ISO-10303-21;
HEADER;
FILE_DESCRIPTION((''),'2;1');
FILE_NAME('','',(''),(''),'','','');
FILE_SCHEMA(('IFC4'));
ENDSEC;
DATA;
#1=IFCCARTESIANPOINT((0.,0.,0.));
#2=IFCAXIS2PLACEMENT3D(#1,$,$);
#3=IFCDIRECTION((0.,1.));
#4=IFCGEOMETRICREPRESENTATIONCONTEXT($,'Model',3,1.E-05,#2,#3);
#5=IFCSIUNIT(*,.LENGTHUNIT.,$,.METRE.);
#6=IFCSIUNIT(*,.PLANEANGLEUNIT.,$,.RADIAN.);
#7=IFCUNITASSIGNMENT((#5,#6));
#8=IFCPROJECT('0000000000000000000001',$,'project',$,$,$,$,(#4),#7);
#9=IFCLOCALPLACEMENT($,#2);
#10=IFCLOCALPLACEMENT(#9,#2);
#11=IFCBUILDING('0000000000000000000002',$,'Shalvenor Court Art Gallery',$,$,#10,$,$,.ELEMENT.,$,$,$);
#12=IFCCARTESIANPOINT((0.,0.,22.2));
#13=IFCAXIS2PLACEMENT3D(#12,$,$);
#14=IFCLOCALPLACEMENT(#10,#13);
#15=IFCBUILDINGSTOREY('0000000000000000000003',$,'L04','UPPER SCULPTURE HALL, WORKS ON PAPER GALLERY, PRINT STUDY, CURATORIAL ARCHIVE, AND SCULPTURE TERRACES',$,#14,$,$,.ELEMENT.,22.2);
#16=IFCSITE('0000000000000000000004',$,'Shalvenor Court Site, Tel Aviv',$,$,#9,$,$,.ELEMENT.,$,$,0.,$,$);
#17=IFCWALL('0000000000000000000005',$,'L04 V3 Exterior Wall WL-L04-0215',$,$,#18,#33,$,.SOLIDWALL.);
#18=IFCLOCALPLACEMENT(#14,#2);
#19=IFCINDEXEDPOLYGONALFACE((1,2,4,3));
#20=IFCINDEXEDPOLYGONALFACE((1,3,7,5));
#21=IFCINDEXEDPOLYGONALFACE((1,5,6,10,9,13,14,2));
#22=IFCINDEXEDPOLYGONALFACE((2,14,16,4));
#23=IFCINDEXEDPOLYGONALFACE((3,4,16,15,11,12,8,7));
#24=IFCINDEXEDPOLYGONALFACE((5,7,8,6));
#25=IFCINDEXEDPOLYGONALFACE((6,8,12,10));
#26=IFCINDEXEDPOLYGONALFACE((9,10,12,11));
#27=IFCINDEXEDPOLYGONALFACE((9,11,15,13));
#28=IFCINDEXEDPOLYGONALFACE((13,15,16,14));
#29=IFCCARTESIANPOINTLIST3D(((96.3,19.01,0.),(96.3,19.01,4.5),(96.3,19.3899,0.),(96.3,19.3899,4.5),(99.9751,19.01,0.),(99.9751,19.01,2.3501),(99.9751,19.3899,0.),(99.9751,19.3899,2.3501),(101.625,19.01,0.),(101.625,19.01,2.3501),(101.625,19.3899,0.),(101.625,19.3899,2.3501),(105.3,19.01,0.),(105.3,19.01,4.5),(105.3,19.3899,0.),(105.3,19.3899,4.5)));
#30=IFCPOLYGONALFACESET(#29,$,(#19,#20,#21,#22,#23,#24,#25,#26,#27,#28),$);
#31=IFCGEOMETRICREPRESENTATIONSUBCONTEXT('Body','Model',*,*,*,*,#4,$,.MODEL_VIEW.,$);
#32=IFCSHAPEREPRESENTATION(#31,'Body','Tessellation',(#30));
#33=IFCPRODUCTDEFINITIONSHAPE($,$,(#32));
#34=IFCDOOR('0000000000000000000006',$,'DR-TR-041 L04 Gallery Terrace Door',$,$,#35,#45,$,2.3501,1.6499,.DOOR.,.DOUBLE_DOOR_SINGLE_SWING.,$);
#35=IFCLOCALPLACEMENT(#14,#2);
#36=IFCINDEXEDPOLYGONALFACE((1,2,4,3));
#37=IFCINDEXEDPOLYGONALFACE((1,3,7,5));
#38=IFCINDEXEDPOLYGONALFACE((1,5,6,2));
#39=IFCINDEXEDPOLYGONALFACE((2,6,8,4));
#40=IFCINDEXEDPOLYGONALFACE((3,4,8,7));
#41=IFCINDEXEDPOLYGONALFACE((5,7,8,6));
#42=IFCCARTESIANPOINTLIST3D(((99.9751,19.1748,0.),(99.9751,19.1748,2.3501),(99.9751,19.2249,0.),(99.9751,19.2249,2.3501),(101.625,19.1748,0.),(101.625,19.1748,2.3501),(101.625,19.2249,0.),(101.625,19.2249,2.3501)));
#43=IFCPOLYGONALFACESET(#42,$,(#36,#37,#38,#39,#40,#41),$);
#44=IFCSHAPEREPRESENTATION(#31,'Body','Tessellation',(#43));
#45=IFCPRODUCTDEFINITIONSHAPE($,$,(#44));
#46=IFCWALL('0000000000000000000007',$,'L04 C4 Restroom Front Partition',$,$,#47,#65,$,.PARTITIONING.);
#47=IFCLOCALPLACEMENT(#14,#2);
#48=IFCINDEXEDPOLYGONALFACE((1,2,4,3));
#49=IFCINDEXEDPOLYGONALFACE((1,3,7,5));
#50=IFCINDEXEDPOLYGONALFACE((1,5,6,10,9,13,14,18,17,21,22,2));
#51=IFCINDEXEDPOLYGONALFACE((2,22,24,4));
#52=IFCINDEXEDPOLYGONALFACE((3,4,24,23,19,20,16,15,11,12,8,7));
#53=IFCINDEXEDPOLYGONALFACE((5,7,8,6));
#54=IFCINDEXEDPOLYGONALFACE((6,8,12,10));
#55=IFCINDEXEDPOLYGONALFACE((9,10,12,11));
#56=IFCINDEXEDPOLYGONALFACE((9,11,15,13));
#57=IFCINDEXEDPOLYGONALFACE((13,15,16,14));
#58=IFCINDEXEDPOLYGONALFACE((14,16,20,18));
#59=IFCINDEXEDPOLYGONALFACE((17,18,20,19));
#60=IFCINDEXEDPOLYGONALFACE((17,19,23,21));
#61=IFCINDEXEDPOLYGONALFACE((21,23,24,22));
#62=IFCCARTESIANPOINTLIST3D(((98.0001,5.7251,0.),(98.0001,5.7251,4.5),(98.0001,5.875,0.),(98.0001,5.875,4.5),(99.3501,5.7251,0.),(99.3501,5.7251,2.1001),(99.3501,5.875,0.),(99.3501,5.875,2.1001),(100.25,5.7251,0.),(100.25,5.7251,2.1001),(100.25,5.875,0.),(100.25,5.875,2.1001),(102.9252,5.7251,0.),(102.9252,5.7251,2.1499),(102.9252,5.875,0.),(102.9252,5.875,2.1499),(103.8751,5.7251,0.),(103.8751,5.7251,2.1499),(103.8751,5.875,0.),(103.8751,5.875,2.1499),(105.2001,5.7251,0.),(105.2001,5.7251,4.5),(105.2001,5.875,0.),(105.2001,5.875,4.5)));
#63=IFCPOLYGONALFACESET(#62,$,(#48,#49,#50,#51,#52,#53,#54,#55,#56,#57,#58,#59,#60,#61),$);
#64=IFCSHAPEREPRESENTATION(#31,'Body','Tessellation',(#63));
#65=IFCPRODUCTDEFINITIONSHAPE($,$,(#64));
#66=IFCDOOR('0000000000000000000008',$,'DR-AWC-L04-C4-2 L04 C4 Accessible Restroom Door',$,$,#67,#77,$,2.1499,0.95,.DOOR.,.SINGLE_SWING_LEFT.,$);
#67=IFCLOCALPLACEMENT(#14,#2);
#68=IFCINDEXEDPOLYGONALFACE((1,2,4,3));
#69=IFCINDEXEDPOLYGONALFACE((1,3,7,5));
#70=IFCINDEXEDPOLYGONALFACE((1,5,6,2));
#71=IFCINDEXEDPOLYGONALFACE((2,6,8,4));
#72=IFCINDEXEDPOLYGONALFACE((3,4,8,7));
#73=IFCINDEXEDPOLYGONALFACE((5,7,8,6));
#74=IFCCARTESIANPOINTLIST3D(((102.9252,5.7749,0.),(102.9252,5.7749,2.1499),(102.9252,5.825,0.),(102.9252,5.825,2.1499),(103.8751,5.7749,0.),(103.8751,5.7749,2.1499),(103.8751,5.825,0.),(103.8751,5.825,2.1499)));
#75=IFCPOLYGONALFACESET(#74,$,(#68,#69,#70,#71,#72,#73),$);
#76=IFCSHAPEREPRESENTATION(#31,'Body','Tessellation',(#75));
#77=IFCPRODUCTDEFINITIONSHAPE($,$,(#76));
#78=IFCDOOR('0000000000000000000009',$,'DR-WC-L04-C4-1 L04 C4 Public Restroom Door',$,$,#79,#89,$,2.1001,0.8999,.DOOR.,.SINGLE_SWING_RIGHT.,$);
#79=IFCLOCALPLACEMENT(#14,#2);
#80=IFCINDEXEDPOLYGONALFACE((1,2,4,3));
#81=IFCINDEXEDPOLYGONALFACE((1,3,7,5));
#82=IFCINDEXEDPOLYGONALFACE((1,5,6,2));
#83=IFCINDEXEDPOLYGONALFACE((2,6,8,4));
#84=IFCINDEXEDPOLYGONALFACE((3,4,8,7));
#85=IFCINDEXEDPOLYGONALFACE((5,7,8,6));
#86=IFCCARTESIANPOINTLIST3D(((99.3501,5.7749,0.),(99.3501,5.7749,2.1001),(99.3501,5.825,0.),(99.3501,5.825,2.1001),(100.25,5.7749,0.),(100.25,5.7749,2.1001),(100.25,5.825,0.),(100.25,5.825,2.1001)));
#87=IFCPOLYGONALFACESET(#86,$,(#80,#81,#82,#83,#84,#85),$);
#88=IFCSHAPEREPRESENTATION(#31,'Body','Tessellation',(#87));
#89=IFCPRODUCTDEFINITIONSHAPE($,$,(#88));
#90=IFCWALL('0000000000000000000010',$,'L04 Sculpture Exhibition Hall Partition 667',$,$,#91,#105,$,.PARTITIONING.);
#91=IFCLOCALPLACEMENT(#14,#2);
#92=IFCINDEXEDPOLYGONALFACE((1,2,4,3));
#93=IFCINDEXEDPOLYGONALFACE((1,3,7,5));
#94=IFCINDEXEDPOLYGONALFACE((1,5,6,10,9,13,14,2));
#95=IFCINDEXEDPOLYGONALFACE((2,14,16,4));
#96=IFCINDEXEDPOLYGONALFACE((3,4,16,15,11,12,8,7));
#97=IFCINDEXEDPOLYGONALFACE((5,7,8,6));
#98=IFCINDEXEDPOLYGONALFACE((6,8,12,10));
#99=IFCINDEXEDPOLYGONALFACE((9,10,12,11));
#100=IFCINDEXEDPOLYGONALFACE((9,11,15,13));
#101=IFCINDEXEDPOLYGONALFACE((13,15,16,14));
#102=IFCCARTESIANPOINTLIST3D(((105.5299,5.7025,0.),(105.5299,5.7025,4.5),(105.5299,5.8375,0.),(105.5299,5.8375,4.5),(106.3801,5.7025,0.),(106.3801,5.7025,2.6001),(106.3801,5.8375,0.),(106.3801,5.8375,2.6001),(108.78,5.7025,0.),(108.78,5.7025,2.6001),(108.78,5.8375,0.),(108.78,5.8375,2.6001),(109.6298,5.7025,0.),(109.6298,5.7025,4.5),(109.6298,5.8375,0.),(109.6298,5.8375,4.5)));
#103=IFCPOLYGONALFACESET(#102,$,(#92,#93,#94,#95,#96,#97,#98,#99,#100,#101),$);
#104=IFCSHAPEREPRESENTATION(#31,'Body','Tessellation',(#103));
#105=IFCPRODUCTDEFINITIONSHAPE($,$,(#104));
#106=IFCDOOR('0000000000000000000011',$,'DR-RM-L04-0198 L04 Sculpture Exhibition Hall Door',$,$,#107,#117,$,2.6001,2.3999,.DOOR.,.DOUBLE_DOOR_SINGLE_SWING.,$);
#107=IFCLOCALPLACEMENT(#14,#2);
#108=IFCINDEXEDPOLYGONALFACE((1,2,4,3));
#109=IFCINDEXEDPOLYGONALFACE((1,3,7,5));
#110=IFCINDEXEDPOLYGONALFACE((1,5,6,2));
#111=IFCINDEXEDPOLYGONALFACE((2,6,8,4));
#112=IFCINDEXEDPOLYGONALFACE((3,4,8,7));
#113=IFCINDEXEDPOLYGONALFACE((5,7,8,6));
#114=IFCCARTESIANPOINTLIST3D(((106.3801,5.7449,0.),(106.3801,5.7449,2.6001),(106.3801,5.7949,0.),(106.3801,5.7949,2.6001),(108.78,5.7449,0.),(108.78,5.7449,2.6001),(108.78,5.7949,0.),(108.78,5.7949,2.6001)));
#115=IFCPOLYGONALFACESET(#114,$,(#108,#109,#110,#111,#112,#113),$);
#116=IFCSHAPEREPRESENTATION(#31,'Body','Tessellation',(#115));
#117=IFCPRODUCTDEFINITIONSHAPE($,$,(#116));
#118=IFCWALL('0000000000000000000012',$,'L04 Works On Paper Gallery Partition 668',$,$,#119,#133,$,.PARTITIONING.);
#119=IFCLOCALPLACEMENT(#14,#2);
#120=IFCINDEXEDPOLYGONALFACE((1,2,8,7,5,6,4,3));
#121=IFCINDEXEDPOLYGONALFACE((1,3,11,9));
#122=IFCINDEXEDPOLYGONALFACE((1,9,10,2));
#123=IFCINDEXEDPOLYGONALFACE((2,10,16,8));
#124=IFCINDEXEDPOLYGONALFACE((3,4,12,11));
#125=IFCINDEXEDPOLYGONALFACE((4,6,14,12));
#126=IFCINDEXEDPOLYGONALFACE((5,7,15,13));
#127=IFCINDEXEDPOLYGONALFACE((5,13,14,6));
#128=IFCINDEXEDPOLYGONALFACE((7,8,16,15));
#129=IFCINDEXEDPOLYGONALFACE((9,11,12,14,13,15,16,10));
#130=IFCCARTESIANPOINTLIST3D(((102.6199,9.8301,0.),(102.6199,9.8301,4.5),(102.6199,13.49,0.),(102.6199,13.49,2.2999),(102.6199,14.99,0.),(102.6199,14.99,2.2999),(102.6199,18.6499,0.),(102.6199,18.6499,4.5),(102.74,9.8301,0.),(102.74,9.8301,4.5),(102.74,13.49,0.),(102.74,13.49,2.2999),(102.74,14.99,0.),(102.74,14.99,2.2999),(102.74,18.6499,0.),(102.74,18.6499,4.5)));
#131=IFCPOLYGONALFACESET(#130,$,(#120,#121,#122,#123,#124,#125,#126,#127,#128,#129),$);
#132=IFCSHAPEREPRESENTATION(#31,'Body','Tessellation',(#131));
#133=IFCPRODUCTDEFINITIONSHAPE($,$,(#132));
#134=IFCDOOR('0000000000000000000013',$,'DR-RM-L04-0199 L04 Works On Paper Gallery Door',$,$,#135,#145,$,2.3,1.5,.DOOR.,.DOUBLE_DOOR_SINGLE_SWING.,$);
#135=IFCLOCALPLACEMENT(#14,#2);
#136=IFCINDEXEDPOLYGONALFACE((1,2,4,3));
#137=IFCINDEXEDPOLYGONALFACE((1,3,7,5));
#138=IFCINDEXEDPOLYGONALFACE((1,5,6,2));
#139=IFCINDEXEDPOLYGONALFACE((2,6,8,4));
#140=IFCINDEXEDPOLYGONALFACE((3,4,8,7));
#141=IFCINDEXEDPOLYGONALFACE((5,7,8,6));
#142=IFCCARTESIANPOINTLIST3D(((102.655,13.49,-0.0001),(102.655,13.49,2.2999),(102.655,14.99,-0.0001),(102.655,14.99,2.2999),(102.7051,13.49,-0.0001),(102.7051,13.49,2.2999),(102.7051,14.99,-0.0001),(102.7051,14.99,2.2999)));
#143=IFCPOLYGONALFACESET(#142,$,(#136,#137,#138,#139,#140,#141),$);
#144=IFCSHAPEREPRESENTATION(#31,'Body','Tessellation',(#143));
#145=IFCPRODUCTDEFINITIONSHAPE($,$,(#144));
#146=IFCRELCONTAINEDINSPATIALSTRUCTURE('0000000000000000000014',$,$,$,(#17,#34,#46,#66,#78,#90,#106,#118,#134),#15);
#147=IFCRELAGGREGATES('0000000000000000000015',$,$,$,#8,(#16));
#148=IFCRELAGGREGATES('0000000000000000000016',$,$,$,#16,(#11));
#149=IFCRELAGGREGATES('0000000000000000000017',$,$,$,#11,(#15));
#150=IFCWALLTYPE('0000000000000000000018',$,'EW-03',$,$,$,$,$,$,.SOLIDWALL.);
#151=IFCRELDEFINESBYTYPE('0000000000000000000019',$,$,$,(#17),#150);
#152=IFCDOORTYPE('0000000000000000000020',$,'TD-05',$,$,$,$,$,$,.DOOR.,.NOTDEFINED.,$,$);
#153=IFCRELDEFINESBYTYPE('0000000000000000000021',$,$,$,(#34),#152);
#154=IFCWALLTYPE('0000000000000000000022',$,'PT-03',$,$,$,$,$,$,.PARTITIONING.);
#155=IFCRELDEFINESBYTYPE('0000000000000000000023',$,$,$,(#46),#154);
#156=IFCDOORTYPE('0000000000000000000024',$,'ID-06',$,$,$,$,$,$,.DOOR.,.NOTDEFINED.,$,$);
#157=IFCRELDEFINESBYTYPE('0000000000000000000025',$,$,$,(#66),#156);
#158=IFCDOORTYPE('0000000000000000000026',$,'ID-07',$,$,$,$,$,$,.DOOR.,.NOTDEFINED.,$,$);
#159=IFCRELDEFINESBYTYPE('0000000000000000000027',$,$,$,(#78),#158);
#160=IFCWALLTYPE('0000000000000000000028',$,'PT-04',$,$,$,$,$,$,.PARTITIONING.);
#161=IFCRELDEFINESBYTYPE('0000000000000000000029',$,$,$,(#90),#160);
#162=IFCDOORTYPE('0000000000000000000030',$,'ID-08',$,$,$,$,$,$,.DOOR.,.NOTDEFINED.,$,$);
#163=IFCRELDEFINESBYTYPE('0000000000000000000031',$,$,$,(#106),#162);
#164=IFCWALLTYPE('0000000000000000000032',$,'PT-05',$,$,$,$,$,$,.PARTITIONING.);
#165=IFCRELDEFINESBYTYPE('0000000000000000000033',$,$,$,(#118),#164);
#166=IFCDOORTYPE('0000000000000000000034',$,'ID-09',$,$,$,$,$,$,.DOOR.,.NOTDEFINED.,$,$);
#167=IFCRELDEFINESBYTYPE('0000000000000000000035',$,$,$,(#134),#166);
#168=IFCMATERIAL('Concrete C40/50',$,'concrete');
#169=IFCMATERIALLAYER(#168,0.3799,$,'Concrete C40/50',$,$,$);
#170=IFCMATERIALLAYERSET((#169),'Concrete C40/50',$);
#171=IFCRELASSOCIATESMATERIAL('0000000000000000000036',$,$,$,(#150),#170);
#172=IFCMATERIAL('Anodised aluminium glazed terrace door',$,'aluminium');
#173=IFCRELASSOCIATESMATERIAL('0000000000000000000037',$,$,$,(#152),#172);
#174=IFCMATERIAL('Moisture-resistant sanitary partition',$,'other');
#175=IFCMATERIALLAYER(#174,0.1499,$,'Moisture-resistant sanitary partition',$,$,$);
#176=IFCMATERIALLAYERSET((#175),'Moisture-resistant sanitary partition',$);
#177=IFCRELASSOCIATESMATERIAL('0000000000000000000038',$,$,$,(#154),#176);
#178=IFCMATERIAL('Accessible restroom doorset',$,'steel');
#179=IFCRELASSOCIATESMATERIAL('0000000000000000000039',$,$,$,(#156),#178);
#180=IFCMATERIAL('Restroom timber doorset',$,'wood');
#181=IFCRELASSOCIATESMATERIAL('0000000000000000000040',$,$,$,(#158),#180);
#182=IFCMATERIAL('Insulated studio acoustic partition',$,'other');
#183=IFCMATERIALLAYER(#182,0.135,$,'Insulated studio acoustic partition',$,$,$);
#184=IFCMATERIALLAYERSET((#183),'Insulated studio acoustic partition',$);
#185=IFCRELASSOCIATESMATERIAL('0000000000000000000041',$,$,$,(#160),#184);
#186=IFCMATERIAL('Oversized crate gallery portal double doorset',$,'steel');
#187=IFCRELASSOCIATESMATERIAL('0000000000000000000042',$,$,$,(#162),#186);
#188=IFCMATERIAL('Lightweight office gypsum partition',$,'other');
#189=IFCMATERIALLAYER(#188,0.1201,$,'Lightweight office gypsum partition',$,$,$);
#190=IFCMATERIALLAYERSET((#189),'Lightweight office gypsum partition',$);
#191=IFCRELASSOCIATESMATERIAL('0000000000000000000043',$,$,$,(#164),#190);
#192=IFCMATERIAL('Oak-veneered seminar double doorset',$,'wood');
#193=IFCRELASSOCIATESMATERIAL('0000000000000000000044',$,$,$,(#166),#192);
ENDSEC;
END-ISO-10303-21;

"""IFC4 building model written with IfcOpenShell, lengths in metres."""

from ifc_helpers import new_model, si_unit, direction, frame, frame_2d, origin, place, context, subcontext, project, spatial, rectangle, extrude, material, layer, layer_set, type_object, element, fill, save


model = new_model("IFC4")

# Units and contexts
model_context = context("Model", 3, precision=1e-05, world=origin(), true_north=direction((0.0, 1.0)))
body_context = subcontext(model_context, "Body", "Model", "MODEL_VIEW")
ifc_project = project(units=[si_unit("LENGTHUNIT", "METRE"), si_unit("PLANEANGLEUNIT", "RADIAN")], contexts=[model_context])

# Site, building, storey
site_placement = place(None, origin())
site = spatial("IfcSite", under=ifc_project, at=site_placement, Name="Shalvenor Court Site, Tel Aviv", CompositionType="ELEMENT", RefElevation=0.0)
building_placement = place(site_placement, origin())
building = spatial("IfcBuilding", under=site, at=building_placement, Name="Shalvenor Court Art Gallery", CompositionType="ELEMENT")
storey_placement = place(building_placement, frame((0.0, 0.0, 22.2)))
storey = spatial("IfcBuildingStorey", under=building, at=storey_placement, Name="L04", Description="UPPER SCULPTURE HALL, WORKS ON PAPER GALLERY, PRINT STUDY, CURATORIAL ARCHIVE, AND SCULPTURE TERRACES", CompositionType="ELEMENT", Elevation=22.2)

# Wall, opening, door
ifc_material_1 = material(Name="Concrete C40/50", Category="concrete")
ifc_layer_1 = layer(ifc_material_1, 0.3799, Name="Concrete C40/50")
ifc_layer_set_1 = layer_set([ifc_layer_1], Name="Concrete C40/50")
wall_type_1 = type_object("IfcWallType", Name="EW-03", PredefinedType="SOLIDWALL", material=ifc_layer_set_1)
wall_1_placement = place(storey_placement, frame((96.3, 19.2, 0.0), z_axis=(0.0, 0.0, 1.0), x_axis=(1.0, 0.0, 0.0)))
wall_1 = element("IfcWall", 1, at=wall_1_placement, inside=storey, type_object=wall_type_1, Name="L04 V3 Exterior Wall WL-L04-0215", PredefinedType="SOLIDWALL", context=body_context, shape_type="SweptSolid", body=[
    extrude(rectangle(XDim=9.0, YDim=0.3799, at=frame_2d((4.5, 0.0))), origin(), (0.0, 0.0, 1.0), 4.5),
])
opening_1_placement = place(wall_1_placement, frame((3.675, 0.0, 0.0)))
opening_1 = element("IfcOpeningElement", 2, at=opening_1_placement, cuts=wall_1, PredefinedType="OPENING", context=body_context, shape_type="SweptSolid", body=[
    extrude(rectangle(XDim=1.6499, YDim=2.3501, at=frame_2d((0.825, 1.175))), frame((0.0, 0.2, 0.0), z_axis=(0.0, -1.0, 0.0), x_axis=(1.0, 0.0, 0.0)), (0.0, 0.0, 1.0), 0.3999),
])
ifc_material_2 = material(Name="Anodised aluminium glazed terrace door", Category="aluminium")
door_type_1 = type_object("IfcDoorType", Name="TD-05", OperationType="NOTDEFINED", PredefinedType="DOOR", material=ifc_material_2)
door_1_placement = place(opening_1_placement, origin())
door_1 = element("IfcDoor", 3, at=door_1_placement, inside=storey, type_object=door_type_1, Name="DR-TR-041 L04 Gallery Terrace Door", OperationType="DOUBLE_DOOR_SINGLE_SWING", OverallHeight=2.3501, OverallWidth=1.6499, PredefinedType="DOOR", context=body_context, shape_type="SweptSolid", body=[
    extrude(rectangle(XDim=1.6499, YDim=2.3501, at=frame_2d((0.825, 1.175))), frame((0.0, 0.0249, 0.0), z_axis=(0.0, -1.0, 0.0), x_axis=(1.0, 0.0, 0.0)), (0.0, 0.0, 1.0), 0.05),
])
fill(opening_1, door_1)

# Wall, openings, doors
ifc_material_3 = material(Name="Moisture-resistant sanitary partition", Category="other")
ifc_layer_2 = layer(ifc_material_3, 0.1499, Name="Moisture-resistant sanitary partition")
ifc_layer_set_2 = layer_set([ifc_layer_2], Name="Moisture-resistant sanitary partition")
wall_type_2 = type_object("IfcWallType", Name="PT-03", PredefinedType="PARTITIONING", material=ifc_layer_set_2)
wall_2_placement = place(storey_placement, frame((98.0, 5.8, 0.0), z_axis=(0.0, 0.0, 1.0), x_axis=(1.0, 0.0, 0.0)))
wall_2 = element("IfcWall", 4, at=wall_2_placement, inside=storey, type_object=wall_type_2, Name="L04 C4 Restroom Front Partition", PredefinedType="PARTITIONING", context=body_context, shape_type="SweptSolid", body=[
    extrude(rectangle(XDim=7.2, YDim=0.1499, at=frame_2d((3.6001, 0.0))), origin(), (0.0, 0.0, 1.0), 4.5),
])
opening_2_placement = place(wall_2_placement, frame((1.3501, 0.0, 0.0)))
opening_2 = element("IfcOpeningElement", 5, at=opening_2_placement, cuts=wall_2, PredefinedType="OPENING", context=body_context, shape_type="SweptSolid", body=[
    extrude(rectangle(XDim=0.8999, YDim=2.1001, at=frame_2d((0.45, 1.05))), frame((0.0, 0.085, 0.0), z_axis=(0.0, -1.0, 0.0), x_axis=(1.0, 0.0, 0.0)), (0.0, 0.0, 1.0), 0.1699),
])
opening_3_placement = place(wall_2_placement, frame((4.925, 0.0, 0.0)))
opening_3 = element("IfcOpeningElement", 6, at=opening_3_placement, cuts=wall_2, PredefinedType="OPENING", context=body_context, shape_type="SweptSolid", body=[
    extrude(rectangle(XDim=0.95, YDim=2.1499, at=frame_2d((0.4751, 1.075))), frame((0.0, 0.085, 0.0), z_axis=(0.0, -1.0, 0.0), x_axis=(1.0, 0.0, 0.0)), (0.0, 0.0, 1.0), 0.1699),
])
ifc_material_4 = material(Name="Accessible restroom doorset", Category="steel")
door_type_2 = type_object("IfcDoorType", Name="ID-06", OperationType="NOTDEFINED", PredefinedType="DOOR", material=ifc_material_4)
door_2_placement = place(opening_3_placement, origin())
door_2 = element("IfcDoor", 7, at=door_2_placement, inside=storey, type_object=door_type_2, Name="DR-AWC-L04-C4-2 L04 C4 Accessible Restroom Door", OperationType="SINGLE_SWING_LEFT", OverallHeight=2.1499, OverallWidth=0.95, PredefinedType="DOOR", context=body_context, shape_type="SweptSolid", body=[
    extrude(rectangle(XDim=0.95, YDim=2.1499, at=frame_2d((0.4751, 1.075))), frame((0.0, 0.0249, 0.0), z_axis=(0.0, -1.0, 0.0), x_axis=(1.0, 0.0, 0.0)), (0.0, 0.0, 1.0), 0.05),
])
fill(opening_3, door_2)
ifc_material_5 = material(Name="Restroom timber doorset", Category="wood")
door_type_3 = type_object("IfcDoorType", Name="ID-07", OperationType="NOTDEFINED", PredefinedType="DOOR", material=ifc_material_5)
door_3_placement = place(opening_2_placement, origin())
door_3 = element("IfcDoor", 8, at=door_3_placement, inside=storey, type_object=door_type_3, Name="DR-WC-L04-C4-1 L04 C4 Public Restroom Door", OperationType="SINGLE_SWING_RIGHT", OverallHeight=2.1001, OverallWidth=0.8999, PredefinedType="DOOR", context=body_context, shape_type="SweptSolid", body=[
    extrude(rectangle(XDim=0.8999, YDim=2.1001, at=frame_2d((0.45, 1.05))), frame((0.0, 0.0249, 0.0), z_axis=(0.0, -1.0, 0.0), x_axis=(1.0, 0.0, 0.0)), (0.0, 0.0, 1.0), 0.05),
])
fill(opening_2, door_3)

# Walls, openings, doors
ifc_material_6 = material(Name="Insulated studio acoustic partition", Category="other")
ifc_layer_3 = layer(ifc_material_6, 0.135, Name="Insulated studio acoustic partition")
ifc_layer_set_3 = layer_set([ifc_layer_3], Name="Insulated studio acoustic partition")
wall_type_3 = type_object("IfcWallType", Name="PT-04", PredefinedType="PARTITIONING", material=ifc_layer_set_3)
wall_3_placement = place(storey_placement, frame((105.53, 5.77, 0.0), z_axis=(0.0, 0.0, 1.0), x_axis=(1.0, 0.0, 0.0)))
wall_3 = element("IfcWall", 9, at=wall_3_placement, inside=storey, type_object=wall_type_3, Name="L04 Sculpture Exhibition Hall Partition 667", PredefinedType="PARTITIONING", context=body_context, shape_type="SweptSolid", body=[
    extrude(rectangle(XDim=4.0999, YDim=0.135, at=frame_2d((2.0498, 0.0))), origin(), (0.0, 0.0, 1.0), 4.5),
])
opening_4_placement = place(wall_3_placement, frame((0.8501, 0.0, 0.0)))
opening_4 = element("IfcOpeningElement", 10, at=opening_4_placement, cuts=wall_3, PredefinedType="OPENING", context=body_context, shape_type="SweptSolid", body=[
    extrude(rectangle(XDim=2.3999, YDim=2.6001, at=frame_2d((1.2, 1.3))), frame((0.0, 0.0774, 0.0), z_axis=(0.0, -1.0, 0.0), x_axis=(1.0, 0.0, 0.0)), (0.0, 0.0, 1.0), 0.155),
])
ifc_material_7 = material(Name="Oversized crate gallery portal double doorset", Category="steel")
door_type_4 = type_object("IfcDoorType", Name="ID-08", OperationType="NOTDEFINED", PredefinedType="DOOR", material=ifc_material_7)
door_4_placement = place(opening_4_placement, origin())
door_4 = element("IfcDoor", 11, at=door_4_placement, inside=storey, type_object=door_type_4, Name="DR-RM-L04-0198 L04 Sculpture Exhibition Hall Door", OperationType="DOUBLE_DOOR_SINGLE_SWING", OverallHeight=2.6001, OverallWidth=2.3999, PredefinedType="DOOR", context=body_context, shape_type="SweptSolid", body=[
    extrude(rectangle(XDim=2.3999, YDim=2.6001, at=frame_2d((1.2, 1.3))), frame((0.0, 0.0249, 0.0), z_axis=(0.0, -1.0, 0.0), x_axis=(1.0, 0.0, 0.0)), (0.0, 0.0, 1.0), 0.05),
])
fill(opening_4, door_4)
ifc_material_8 = material(Name="Lightweight office gypsum partition", Category="other")
ifc_layer_4 = layer(ifc_material_8, 0.1201, Name="Lightweight office gypsum partition")
ifc_layer_set_4 = layer_set([ifc_layer_4], Name="Lightweight office gypsum partition")
wall_type_4 = type_object("IfcWallType", Name="PT-05", PredefinedType="PARTITIONING", material=ifc_layer_set_4)
wall_4_placement = place(storey_placement, frame((102.6799, 9.8301, 0.0), z_axis=(0.0, 0.0, 1.0), x_axis=(0.0, 1.0, 0.0)))
wall_4 = element("IfcWall", 12, at=wall_4_placement, inside=storey, type_object=wall_type_4, Name="L04 Works On Paper Gallery Partition 668", PredefinedType="PARTITIONING", context=body_context, shape_type="SweptSolid", body=[
    extrude(rectangle(XDim=8.8198, YDim=0.1201, at=frame_2d((4.4099, 0.0))), origin(), (0.0, 0.0, 1.0), 4.5),
])
opening_5_placement = place(wall_4_placement, frame((3.6599, 0.0, 0.0)))
opening_5 = element("IfcOpeningElement", 13, at=opening_5_placement, cuts=wall_4, PredefinedType="OPENING", context=body_context, shape_type="SweptSolid", body=[
    extrude(rectangle(XDim=1.5, YDim=2.3, at=frame_2d((0.75, 1.1499))), frame((0.0, 0.0701, 0.0), z_axis=(0.0, -1.0, 0.0), x_axis=(1.0, 0.0, 0.0)), (0.0, 0.0, 1.0), 0.1401),
])
ifc_material_9 = material(Name="Oak-veneered seminar double doorset", Category="wood")
door_type_5 = type_object("IfcDoorType", Name="ID-09", OperationType="NOTDEFINED", PredefinedType="DOOR", material=ifc_material_9)
door_5_placement = place(opening_5_placement, origin())
door_5 = element("IfcDoor", 14, at=door_5_placement, inside=storey, type_object=door_type_5, Name="DR-RM-L04-0199 L04 Works On Paper Gallery Door", OperationType="DOUBLE_DOOR_SINGLE_SWING", OverallHeight=2.3, OverallWidth=1.5, PredefinedType="DOOR", context=body_context, shape_type="SweptSolid", body=[
    extrude(rectangle(XDim=1.5, YDim=2.3, at=frame_2d((0.75, 1.1499))), frame((0.0, 0.0249, 0.0), z_axis=(0.0, -1.0, 0.0), x_axis=(1.0, 0.0, 0.0)), (0.0, 0.0, 1.0), 0.05),
])
fill(opening_5, door_5)

save(model, "model.ifc")
